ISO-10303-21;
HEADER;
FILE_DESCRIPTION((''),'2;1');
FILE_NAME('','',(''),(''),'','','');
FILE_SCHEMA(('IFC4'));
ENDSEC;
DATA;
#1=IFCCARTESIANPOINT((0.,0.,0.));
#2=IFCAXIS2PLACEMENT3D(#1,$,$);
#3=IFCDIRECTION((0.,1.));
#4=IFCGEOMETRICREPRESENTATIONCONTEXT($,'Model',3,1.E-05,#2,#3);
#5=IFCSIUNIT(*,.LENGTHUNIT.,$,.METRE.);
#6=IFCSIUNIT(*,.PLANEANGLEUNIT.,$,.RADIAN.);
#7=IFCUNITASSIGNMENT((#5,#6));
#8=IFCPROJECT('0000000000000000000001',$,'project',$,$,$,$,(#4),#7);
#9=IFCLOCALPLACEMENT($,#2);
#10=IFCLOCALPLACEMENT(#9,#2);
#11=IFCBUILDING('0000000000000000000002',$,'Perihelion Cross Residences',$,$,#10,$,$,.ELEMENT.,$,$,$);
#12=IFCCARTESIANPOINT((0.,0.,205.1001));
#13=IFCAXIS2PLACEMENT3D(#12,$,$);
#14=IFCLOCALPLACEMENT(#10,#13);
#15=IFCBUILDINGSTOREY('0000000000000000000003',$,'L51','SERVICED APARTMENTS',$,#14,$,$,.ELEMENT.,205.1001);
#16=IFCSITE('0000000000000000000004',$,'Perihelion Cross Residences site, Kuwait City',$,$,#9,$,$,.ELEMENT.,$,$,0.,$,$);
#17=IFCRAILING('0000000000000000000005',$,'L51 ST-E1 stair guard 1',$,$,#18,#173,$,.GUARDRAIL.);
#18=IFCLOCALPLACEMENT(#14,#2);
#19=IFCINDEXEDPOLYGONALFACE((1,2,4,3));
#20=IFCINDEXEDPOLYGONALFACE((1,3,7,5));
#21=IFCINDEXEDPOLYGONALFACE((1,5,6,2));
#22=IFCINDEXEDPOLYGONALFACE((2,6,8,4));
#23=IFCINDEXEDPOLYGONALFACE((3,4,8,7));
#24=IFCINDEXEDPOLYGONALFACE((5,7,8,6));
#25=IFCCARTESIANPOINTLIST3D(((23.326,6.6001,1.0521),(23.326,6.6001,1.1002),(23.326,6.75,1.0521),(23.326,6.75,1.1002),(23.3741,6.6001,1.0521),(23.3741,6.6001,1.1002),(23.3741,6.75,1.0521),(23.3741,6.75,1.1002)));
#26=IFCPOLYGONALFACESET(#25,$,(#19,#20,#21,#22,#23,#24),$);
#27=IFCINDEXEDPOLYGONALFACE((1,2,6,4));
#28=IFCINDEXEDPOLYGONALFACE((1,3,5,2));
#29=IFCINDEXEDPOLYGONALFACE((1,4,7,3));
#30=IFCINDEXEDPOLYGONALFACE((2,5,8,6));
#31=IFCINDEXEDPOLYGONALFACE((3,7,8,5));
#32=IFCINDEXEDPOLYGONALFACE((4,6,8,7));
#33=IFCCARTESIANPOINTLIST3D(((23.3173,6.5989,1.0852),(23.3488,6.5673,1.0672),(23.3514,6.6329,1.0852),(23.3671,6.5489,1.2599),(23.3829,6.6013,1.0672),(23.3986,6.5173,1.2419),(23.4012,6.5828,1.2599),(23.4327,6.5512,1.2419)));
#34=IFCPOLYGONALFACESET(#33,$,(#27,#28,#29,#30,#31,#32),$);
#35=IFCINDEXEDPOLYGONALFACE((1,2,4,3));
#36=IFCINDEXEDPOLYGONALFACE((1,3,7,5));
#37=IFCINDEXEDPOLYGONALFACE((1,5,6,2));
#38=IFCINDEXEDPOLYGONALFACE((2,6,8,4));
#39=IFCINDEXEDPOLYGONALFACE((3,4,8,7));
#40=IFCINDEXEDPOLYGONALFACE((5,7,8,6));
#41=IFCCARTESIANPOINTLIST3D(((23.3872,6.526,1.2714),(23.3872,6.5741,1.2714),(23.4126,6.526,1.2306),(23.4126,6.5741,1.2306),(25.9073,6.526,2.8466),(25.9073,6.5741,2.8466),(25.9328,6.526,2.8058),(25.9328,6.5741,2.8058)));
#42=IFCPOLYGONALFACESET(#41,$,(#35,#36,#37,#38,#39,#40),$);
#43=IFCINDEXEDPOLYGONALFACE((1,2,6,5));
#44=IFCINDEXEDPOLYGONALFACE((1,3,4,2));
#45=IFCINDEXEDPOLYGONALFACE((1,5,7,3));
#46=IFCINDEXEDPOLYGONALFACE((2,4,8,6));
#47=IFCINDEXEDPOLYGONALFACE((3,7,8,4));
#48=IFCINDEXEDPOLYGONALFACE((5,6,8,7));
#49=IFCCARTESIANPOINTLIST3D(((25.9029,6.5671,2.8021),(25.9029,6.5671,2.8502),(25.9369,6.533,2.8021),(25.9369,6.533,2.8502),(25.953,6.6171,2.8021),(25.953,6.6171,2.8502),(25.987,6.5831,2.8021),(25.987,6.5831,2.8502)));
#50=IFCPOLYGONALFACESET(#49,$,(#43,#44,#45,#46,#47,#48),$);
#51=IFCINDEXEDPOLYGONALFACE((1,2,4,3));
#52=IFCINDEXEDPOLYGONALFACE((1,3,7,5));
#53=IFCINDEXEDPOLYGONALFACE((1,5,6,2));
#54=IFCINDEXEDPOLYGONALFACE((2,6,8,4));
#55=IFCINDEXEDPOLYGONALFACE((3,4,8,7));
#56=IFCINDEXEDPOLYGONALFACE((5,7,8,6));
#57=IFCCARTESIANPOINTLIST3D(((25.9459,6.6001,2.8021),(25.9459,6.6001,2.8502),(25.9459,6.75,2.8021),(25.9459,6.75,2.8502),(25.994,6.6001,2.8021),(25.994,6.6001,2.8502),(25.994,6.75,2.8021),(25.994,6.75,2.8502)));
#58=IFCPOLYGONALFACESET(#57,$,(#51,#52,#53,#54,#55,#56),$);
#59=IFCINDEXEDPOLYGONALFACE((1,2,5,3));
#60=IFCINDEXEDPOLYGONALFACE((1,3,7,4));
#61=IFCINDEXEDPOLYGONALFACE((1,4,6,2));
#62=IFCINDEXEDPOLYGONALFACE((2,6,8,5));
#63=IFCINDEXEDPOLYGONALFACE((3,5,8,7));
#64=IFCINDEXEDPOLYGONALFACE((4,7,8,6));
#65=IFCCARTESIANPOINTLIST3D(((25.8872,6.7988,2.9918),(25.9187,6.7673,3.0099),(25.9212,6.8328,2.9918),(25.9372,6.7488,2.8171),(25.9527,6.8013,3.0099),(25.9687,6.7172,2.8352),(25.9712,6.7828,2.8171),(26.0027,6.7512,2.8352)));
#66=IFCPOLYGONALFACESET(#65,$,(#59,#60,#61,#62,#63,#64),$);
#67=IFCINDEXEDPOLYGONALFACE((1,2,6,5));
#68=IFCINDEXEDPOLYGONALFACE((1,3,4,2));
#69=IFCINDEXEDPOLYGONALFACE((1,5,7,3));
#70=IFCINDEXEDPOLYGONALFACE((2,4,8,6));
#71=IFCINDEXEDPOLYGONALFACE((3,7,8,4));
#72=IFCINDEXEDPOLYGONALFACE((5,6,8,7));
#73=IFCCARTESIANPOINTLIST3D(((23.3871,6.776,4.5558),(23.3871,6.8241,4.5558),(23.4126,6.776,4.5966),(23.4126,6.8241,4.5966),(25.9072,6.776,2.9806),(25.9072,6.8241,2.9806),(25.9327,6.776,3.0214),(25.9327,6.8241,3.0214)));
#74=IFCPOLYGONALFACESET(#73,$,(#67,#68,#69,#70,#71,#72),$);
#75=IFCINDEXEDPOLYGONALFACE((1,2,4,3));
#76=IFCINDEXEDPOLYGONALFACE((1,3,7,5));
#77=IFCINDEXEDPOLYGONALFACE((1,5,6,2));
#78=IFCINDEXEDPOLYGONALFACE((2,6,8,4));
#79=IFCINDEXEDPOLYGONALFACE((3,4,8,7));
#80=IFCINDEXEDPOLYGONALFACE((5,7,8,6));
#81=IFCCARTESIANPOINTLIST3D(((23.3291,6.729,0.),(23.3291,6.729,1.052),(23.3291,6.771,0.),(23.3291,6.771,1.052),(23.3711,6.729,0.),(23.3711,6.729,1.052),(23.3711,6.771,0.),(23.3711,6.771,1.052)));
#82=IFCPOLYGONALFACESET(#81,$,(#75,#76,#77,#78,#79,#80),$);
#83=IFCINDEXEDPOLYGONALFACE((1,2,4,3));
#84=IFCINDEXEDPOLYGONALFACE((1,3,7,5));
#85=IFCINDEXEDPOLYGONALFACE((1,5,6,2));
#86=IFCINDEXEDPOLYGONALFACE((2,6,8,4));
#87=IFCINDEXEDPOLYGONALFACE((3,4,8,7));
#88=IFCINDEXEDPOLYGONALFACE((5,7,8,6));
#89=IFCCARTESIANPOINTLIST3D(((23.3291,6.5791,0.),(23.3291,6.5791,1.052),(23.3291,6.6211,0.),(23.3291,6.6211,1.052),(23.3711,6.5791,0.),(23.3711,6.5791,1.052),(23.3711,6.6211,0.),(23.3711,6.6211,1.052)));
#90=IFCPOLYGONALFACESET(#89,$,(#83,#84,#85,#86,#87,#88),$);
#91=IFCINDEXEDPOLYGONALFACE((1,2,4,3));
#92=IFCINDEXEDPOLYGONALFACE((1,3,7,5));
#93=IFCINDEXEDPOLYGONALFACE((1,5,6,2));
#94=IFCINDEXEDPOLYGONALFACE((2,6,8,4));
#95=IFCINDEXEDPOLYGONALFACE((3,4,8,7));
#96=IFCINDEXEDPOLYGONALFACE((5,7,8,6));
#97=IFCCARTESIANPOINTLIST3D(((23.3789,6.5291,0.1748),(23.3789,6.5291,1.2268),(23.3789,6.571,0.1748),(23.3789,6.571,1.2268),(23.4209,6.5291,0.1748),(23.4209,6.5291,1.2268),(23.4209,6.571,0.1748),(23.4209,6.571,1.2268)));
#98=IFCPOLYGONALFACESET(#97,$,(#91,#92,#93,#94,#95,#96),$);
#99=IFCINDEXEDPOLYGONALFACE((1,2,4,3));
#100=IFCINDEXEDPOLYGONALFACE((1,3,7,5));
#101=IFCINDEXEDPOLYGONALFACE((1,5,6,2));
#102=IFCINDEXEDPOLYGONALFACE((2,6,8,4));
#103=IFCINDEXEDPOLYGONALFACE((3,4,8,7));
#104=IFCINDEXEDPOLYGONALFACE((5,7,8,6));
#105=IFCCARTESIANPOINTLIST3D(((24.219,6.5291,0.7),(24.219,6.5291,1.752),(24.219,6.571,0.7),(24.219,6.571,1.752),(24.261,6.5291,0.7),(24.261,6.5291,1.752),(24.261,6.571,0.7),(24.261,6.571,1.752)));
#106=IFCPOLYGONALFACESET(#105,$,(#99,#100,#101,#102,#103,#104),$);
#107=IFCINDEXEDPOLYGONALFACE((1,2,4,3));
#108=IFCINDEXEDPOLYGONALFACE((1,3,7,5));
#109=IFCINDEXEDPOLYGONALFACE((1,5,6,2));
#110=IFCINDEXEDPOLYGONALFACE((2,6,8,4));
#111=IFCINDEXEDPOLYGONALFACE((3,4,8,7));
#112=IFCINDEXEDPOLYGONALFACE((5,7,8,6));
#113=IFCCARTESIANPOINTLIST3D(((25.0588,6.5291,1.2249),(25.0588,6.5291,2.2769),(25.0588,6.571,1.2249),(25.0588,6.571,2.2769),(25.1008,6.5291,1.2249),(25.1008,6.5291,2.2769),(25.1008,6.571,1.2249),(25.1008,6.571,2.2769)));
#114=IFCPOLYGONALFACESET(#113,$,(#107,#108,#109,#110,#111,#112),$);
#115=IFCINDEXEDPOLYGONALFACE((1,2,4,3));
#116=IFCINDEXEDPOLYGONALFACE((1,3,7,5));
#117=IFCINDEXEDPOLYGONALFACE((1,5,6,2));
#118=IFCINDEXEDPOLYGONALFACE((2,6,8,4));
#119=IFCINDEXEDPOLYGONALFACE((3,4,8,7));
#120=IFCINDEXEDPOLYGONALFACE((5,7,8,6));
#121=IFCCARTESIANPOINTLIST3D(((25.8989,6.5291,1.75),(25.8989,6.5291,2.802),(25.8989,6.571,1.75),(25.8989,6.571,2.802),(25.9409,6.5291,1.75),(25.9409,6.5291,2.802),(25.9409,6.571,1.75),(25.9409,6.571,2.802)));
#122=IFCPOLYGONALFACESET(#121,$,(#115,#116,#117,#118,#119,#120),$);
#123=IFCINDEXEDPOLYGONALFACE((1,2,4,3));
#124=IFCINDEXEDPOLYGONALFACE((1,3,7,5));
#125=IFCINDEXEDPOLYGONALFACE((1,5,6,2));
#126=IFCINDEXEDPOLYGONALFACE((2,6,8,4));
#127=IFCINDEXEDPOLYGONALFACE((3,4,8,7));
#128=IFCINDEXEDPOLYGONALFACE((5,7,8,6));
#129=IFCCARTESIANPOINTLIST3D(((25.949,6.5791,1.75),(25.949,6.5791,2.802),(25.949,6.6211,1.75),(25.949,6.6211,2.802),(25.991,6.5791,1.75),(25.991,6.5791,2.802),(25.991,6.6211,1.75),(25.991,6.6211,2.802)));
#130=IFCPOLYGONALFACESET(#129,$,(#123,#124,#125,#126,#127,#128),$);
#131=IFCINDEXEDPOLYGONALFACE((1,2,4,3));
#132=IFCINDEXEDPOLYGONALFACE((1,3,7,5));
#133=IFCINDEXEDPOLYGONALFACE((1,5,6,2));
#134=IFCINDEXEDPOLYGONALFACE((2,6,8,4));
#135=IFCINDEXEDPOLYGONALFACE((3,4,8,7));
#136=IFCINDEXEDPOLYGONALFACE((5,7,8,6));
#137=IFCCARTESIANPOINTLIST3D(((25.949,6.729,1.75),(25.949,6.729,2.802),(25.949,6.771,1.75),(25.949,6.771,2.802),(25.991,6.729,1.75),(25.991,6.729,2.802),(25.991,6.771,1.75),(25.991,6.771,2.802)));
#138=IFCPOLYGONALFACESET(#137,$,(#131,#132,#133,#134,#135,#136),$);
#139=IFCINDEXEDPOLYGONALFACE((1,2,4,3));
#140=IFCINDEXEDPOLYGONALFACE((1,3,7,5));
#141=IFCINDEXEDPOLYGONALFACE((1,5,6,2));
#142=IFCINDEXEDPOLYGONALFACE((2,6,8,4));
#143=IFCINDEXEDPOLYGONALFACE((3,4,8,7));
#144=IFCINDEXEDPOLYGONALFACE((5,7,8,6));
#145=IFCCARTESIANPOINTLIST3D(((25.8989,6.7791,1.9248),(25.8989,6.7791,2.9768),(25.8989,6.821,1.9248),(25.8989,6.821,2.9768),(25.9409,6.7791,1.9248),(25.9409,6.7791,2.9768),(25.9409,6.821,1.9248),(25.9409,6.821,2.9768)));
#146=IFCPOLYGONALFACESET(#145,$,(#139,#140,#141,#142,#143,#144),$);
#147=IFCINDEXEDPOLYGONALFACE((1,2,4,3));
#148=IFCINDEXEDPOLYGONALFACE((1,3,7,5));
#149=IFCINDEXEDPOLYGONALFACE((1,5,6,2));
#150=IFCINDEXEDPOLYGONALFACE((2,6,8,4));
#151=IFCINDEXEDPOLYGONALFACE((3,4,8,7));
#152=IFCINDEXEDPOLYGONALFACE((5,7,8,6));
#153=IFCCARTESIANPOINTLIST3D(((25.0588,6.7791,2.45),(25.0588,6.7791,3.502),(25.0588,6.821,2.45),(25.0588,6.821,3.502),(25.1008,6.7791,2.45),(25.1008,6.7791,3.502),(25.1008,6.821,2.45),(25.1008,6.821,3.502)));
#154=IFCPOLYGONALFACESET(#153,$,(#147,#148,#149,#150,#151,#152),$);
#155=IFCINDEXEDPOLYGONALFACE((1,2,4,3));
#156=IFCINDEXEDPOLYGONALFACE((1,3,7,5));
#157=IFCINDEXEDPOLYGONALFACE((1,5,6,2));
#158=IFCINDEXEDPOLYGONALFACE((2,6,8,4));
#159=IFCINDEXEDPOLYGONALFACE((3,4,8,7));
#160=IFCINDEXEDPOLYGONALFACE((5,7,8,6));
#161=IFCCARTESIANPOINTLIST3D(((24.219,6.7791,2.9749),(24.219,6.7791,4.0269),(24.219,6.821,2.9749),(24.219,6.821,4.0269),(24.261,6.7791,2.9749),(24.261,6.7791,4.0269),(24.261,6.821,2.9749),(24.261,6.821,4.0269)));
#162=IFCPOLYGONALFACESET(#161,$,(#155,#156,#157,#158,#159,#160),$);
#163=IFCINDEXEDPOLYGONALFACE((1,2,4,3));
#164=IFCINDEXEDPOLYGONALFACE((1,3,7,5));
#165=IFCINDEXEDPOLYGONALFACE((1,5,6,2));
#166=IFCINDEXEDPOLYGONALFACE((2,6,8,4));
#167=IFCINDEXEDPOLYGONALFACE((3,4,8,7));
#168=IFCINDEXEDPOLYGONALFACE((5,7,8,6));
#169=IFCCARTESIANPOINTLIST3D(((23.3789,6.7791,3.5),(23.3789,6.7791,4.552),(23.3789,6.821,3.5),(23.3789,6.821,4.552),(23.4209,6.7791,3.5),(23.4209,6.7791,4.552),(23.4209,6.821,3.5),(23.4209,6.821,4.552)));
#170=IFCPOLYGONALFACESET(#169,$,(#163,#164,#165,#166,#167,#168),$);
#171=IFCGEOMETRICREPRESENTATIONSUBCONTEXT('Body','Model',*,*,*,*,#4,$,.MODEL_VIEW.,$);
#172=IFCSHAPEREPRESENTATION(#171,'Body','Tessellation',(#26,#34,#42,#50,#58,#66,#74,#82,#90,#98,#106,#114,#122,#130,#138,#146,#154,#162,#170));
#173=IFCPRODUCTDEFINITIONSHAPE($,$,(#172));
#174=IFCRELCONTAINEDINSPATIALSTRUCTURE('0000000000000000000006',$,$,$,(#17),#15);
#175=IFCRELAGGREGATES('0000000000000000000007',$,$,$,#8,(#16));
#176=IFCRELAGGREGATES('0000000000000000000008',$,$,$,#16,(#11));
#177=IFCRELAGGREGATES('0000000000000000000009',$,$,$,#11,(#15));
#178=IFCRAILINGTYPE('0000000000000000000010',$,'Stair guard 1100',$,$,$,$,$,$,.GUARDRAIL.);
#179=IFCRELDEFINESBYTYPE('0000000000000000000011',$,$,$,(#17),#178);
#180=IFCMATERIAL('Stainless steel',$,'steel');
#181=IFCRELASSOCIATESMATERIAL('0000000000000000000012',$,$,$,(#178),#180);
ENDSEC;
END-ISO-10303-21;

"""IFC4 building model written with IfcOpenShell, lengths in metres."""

from ifc_helpers import new_model, si_unit, direction, frame, origin, origin_2d, place, context, subcontext, project, spatial, rectangle, extrude, material, type_object, element, save


model = new_model("IFC4")

# Units and contexts
model_context = context("Model", 3, precision=1e-05, world=origin(), true_north=direction((0.0, 1.0)))
body_context = subcontext(model_context, "Body", "Model", "MODEL_VIEW")
ifc_project = project(units=[si_unit("LENGTHUNIT", "METRE"), si_unit("PLANEANGLEUNIT", "RADIAN")], contexts=[model_context])

# Site, building, storey
site_placement = place(None, origin())
site = spatial("IfcSite", under=ifc_project, at=site_placement, Name="Perihelion Cross Residences site, Kuwait City", CompositionType="ELEMENT", RefElevation=0.0)
building_placement = place(site_placement, origin())
building = spatial("IfcBuilding", under=site, at=building_placement, Name="Perihelion Cross Residences", CompositionType="ELEMENT")
storey_placement = place(building_placement, frame((0.0, 0.0, 205.1001)))
storey = spatial("IfcBuildingStorey", under=building, at=storey_placement, Name="L51", Description="SERVICED APARTMENTS", CompositionType="ELEMENT", Elevation=205.1001)

# Railing
ifc_material_1 = material(Name="Stainless steel", Category="steel")
railing_type_1 = type_object("IfcRailingType", Name="Stair guard 1100", PredefinedType="GUARDRAIL", material=ifc_material_1)
railing_1_placement = place(storey_placement, frame((23.3501, 6.75, 0.0)))
element("IfcRailing", 1, at=railing_1_placement, inside=storey, type_object=railing_type_1, Name="L51 ST-E1 stair guard 1", PredefinedType="GUARDRAIL", context=body_context, shape_type="SweptSolid", body=[
    extrude(rectangle(XDim=0.0481, YDim=0.0481, at=origin_2d()), frame((0.0, 0.0, 1.0762), z_axis=(0.0, -1.0, 0.0), x_axis=(1.0, 0.0, 0.0)), (0.0, 0.0, 1.0), 0.1499),
    extrude(rectangle(XDim=0.0481, YDim=0.0481, at=origin_2d()), frame((0.0, -0.1499, 1.0762), z_axis=(0.264179, -0.265474, 0.927218), x_axis=(0.708834, 0.705376, 0.0)), (0.0, 0.0, 1.0), 0.1885),
    extrude(rectangle(XDim=0.0481, YDim=0.0481, at=origin_2d()), frame((0.0498, -0.2, 1.251), z_axis=(0.847971, 0.0, 0.530043), x_axis=(0.0, 1.0, 0.0)), (0.0, 0.0, 1.0), 2.9719),
    extrude(rectangle(XDim=0.0481, YDim=0.0481, at=origin_2d()), frame((2.5698, -0.2, 2.8262), z_axis=(0.707107, 0.707107, 0.0), x_axis=(-0.707107, 0.707107, 0.0)), (0.0, 0.0, 1.0), 0.0708),
    extrude(rectangle(XDim=0.0481, YDim=0.0481, at=origin_2d()), frame((2.6199, -0.1499, 2.8262), z_axis=(0.0, 1.0, 0.0), x_axis=(-1.0, 0.0, 0.0)), (0.0, 0.0, 1.0), 0.1499),
    extrude(rectangle(XDim=0.0481, YDim=0.0481, at=origin_2d()), frame((2.6199, 0.0, 2.8262), z_axis=(-0.265383, 0.265383, 0.9269), x_axis=(-0.707107, -0.707107, 0.0)), (0.0, 0.0, 1.0), 0.1885),
    extrude(rectangle(XDim=0.0481, YDim=0.0481, at=origin_2d()), frame((2.5698, 0.05, 3.001), z_axis=(-0.847971, 0.0, 0.530043), x_axis=(0.0, -1.0, 0.0)), (0.0, 0.0, 1.0), 2.9719),
    extrude(rectangle(XDim=0.042, YDim=0.042, at=origin_2d()), origin(), (0.0, 0.0, 1.0), 1.052),
    extrude(rectangle(XDim=0.042, YDim=0.042, at=origin_2d()), frame((0.0, -0.1499, 0.0)), (0.0, 0.0, 1.0), 1.052),
    extrude(rectangle(XDim=0.042, YDim=0.042, at=origin_2d()), frame((0.0498, -0.2, 0.1748)), (0.0, 0.0, 1.0), 1.052),
    extrude(rectangle(XDim=0.042, YDim=0.042, at=origin_2d()), frame((0.8899, -0.2, 0.7)), (0.0, 0.0, 1.0), 1.052),
    extrude(rectangle(XDim=0.042, YDim=0.042, at=origin_2d()), frame((1.7297, -0.2, 1.2249)), (0.0, 0.0, 1.0), 1.052),
    extrude(rectangle(XDim=0.042, YDim=0.042, at=origin_2d()), frame((2.5698, -0.2, 1.75)), (0.0, 0.0, 1.0), 1.052),
    extrude(rectangle(XDim=0.042, YDim=0.042, at=origin_2d()), frame((2.6199, -0.1499, 1.75)), (0.0, 0.0, 1.0), 1.052),
    extrude(rectangle(XDim=0.042, YDim=0.042, at=origin_2d()), frame((2.6199, 0.0, 1.75)), (0.0, 0.0, 1.0), 1.052),
    extrude(rectangle(XDim=0.042, YDim=0.042, at=origin_2d()), frame((2.5698, 0.05, 1.9248)), (0.0, 0.0, 1.0), 1.052),
    extrude(rectangle(XDim=0.042, YDim=0.042, at=origin_2d()), frame((1.7297, 0.05, 2.45)), (0.0, 0.0, 1.0), 1.052),
    extrude(rectangle(XDim=0.042, YDim=0.042, at=origin_2d()), frame((0.8899, 0.05, 2.9749)), (0.0, 0.0, 1.0), 1.052),
    extrude(rectangle(XDim=0.042, YDim=0.042, at=origin_2d()), frame((0.0498, 0.05, 3.5)), (0.0, 0.0, 1.0), 1.052),
])

save(model, "model.ifc")
